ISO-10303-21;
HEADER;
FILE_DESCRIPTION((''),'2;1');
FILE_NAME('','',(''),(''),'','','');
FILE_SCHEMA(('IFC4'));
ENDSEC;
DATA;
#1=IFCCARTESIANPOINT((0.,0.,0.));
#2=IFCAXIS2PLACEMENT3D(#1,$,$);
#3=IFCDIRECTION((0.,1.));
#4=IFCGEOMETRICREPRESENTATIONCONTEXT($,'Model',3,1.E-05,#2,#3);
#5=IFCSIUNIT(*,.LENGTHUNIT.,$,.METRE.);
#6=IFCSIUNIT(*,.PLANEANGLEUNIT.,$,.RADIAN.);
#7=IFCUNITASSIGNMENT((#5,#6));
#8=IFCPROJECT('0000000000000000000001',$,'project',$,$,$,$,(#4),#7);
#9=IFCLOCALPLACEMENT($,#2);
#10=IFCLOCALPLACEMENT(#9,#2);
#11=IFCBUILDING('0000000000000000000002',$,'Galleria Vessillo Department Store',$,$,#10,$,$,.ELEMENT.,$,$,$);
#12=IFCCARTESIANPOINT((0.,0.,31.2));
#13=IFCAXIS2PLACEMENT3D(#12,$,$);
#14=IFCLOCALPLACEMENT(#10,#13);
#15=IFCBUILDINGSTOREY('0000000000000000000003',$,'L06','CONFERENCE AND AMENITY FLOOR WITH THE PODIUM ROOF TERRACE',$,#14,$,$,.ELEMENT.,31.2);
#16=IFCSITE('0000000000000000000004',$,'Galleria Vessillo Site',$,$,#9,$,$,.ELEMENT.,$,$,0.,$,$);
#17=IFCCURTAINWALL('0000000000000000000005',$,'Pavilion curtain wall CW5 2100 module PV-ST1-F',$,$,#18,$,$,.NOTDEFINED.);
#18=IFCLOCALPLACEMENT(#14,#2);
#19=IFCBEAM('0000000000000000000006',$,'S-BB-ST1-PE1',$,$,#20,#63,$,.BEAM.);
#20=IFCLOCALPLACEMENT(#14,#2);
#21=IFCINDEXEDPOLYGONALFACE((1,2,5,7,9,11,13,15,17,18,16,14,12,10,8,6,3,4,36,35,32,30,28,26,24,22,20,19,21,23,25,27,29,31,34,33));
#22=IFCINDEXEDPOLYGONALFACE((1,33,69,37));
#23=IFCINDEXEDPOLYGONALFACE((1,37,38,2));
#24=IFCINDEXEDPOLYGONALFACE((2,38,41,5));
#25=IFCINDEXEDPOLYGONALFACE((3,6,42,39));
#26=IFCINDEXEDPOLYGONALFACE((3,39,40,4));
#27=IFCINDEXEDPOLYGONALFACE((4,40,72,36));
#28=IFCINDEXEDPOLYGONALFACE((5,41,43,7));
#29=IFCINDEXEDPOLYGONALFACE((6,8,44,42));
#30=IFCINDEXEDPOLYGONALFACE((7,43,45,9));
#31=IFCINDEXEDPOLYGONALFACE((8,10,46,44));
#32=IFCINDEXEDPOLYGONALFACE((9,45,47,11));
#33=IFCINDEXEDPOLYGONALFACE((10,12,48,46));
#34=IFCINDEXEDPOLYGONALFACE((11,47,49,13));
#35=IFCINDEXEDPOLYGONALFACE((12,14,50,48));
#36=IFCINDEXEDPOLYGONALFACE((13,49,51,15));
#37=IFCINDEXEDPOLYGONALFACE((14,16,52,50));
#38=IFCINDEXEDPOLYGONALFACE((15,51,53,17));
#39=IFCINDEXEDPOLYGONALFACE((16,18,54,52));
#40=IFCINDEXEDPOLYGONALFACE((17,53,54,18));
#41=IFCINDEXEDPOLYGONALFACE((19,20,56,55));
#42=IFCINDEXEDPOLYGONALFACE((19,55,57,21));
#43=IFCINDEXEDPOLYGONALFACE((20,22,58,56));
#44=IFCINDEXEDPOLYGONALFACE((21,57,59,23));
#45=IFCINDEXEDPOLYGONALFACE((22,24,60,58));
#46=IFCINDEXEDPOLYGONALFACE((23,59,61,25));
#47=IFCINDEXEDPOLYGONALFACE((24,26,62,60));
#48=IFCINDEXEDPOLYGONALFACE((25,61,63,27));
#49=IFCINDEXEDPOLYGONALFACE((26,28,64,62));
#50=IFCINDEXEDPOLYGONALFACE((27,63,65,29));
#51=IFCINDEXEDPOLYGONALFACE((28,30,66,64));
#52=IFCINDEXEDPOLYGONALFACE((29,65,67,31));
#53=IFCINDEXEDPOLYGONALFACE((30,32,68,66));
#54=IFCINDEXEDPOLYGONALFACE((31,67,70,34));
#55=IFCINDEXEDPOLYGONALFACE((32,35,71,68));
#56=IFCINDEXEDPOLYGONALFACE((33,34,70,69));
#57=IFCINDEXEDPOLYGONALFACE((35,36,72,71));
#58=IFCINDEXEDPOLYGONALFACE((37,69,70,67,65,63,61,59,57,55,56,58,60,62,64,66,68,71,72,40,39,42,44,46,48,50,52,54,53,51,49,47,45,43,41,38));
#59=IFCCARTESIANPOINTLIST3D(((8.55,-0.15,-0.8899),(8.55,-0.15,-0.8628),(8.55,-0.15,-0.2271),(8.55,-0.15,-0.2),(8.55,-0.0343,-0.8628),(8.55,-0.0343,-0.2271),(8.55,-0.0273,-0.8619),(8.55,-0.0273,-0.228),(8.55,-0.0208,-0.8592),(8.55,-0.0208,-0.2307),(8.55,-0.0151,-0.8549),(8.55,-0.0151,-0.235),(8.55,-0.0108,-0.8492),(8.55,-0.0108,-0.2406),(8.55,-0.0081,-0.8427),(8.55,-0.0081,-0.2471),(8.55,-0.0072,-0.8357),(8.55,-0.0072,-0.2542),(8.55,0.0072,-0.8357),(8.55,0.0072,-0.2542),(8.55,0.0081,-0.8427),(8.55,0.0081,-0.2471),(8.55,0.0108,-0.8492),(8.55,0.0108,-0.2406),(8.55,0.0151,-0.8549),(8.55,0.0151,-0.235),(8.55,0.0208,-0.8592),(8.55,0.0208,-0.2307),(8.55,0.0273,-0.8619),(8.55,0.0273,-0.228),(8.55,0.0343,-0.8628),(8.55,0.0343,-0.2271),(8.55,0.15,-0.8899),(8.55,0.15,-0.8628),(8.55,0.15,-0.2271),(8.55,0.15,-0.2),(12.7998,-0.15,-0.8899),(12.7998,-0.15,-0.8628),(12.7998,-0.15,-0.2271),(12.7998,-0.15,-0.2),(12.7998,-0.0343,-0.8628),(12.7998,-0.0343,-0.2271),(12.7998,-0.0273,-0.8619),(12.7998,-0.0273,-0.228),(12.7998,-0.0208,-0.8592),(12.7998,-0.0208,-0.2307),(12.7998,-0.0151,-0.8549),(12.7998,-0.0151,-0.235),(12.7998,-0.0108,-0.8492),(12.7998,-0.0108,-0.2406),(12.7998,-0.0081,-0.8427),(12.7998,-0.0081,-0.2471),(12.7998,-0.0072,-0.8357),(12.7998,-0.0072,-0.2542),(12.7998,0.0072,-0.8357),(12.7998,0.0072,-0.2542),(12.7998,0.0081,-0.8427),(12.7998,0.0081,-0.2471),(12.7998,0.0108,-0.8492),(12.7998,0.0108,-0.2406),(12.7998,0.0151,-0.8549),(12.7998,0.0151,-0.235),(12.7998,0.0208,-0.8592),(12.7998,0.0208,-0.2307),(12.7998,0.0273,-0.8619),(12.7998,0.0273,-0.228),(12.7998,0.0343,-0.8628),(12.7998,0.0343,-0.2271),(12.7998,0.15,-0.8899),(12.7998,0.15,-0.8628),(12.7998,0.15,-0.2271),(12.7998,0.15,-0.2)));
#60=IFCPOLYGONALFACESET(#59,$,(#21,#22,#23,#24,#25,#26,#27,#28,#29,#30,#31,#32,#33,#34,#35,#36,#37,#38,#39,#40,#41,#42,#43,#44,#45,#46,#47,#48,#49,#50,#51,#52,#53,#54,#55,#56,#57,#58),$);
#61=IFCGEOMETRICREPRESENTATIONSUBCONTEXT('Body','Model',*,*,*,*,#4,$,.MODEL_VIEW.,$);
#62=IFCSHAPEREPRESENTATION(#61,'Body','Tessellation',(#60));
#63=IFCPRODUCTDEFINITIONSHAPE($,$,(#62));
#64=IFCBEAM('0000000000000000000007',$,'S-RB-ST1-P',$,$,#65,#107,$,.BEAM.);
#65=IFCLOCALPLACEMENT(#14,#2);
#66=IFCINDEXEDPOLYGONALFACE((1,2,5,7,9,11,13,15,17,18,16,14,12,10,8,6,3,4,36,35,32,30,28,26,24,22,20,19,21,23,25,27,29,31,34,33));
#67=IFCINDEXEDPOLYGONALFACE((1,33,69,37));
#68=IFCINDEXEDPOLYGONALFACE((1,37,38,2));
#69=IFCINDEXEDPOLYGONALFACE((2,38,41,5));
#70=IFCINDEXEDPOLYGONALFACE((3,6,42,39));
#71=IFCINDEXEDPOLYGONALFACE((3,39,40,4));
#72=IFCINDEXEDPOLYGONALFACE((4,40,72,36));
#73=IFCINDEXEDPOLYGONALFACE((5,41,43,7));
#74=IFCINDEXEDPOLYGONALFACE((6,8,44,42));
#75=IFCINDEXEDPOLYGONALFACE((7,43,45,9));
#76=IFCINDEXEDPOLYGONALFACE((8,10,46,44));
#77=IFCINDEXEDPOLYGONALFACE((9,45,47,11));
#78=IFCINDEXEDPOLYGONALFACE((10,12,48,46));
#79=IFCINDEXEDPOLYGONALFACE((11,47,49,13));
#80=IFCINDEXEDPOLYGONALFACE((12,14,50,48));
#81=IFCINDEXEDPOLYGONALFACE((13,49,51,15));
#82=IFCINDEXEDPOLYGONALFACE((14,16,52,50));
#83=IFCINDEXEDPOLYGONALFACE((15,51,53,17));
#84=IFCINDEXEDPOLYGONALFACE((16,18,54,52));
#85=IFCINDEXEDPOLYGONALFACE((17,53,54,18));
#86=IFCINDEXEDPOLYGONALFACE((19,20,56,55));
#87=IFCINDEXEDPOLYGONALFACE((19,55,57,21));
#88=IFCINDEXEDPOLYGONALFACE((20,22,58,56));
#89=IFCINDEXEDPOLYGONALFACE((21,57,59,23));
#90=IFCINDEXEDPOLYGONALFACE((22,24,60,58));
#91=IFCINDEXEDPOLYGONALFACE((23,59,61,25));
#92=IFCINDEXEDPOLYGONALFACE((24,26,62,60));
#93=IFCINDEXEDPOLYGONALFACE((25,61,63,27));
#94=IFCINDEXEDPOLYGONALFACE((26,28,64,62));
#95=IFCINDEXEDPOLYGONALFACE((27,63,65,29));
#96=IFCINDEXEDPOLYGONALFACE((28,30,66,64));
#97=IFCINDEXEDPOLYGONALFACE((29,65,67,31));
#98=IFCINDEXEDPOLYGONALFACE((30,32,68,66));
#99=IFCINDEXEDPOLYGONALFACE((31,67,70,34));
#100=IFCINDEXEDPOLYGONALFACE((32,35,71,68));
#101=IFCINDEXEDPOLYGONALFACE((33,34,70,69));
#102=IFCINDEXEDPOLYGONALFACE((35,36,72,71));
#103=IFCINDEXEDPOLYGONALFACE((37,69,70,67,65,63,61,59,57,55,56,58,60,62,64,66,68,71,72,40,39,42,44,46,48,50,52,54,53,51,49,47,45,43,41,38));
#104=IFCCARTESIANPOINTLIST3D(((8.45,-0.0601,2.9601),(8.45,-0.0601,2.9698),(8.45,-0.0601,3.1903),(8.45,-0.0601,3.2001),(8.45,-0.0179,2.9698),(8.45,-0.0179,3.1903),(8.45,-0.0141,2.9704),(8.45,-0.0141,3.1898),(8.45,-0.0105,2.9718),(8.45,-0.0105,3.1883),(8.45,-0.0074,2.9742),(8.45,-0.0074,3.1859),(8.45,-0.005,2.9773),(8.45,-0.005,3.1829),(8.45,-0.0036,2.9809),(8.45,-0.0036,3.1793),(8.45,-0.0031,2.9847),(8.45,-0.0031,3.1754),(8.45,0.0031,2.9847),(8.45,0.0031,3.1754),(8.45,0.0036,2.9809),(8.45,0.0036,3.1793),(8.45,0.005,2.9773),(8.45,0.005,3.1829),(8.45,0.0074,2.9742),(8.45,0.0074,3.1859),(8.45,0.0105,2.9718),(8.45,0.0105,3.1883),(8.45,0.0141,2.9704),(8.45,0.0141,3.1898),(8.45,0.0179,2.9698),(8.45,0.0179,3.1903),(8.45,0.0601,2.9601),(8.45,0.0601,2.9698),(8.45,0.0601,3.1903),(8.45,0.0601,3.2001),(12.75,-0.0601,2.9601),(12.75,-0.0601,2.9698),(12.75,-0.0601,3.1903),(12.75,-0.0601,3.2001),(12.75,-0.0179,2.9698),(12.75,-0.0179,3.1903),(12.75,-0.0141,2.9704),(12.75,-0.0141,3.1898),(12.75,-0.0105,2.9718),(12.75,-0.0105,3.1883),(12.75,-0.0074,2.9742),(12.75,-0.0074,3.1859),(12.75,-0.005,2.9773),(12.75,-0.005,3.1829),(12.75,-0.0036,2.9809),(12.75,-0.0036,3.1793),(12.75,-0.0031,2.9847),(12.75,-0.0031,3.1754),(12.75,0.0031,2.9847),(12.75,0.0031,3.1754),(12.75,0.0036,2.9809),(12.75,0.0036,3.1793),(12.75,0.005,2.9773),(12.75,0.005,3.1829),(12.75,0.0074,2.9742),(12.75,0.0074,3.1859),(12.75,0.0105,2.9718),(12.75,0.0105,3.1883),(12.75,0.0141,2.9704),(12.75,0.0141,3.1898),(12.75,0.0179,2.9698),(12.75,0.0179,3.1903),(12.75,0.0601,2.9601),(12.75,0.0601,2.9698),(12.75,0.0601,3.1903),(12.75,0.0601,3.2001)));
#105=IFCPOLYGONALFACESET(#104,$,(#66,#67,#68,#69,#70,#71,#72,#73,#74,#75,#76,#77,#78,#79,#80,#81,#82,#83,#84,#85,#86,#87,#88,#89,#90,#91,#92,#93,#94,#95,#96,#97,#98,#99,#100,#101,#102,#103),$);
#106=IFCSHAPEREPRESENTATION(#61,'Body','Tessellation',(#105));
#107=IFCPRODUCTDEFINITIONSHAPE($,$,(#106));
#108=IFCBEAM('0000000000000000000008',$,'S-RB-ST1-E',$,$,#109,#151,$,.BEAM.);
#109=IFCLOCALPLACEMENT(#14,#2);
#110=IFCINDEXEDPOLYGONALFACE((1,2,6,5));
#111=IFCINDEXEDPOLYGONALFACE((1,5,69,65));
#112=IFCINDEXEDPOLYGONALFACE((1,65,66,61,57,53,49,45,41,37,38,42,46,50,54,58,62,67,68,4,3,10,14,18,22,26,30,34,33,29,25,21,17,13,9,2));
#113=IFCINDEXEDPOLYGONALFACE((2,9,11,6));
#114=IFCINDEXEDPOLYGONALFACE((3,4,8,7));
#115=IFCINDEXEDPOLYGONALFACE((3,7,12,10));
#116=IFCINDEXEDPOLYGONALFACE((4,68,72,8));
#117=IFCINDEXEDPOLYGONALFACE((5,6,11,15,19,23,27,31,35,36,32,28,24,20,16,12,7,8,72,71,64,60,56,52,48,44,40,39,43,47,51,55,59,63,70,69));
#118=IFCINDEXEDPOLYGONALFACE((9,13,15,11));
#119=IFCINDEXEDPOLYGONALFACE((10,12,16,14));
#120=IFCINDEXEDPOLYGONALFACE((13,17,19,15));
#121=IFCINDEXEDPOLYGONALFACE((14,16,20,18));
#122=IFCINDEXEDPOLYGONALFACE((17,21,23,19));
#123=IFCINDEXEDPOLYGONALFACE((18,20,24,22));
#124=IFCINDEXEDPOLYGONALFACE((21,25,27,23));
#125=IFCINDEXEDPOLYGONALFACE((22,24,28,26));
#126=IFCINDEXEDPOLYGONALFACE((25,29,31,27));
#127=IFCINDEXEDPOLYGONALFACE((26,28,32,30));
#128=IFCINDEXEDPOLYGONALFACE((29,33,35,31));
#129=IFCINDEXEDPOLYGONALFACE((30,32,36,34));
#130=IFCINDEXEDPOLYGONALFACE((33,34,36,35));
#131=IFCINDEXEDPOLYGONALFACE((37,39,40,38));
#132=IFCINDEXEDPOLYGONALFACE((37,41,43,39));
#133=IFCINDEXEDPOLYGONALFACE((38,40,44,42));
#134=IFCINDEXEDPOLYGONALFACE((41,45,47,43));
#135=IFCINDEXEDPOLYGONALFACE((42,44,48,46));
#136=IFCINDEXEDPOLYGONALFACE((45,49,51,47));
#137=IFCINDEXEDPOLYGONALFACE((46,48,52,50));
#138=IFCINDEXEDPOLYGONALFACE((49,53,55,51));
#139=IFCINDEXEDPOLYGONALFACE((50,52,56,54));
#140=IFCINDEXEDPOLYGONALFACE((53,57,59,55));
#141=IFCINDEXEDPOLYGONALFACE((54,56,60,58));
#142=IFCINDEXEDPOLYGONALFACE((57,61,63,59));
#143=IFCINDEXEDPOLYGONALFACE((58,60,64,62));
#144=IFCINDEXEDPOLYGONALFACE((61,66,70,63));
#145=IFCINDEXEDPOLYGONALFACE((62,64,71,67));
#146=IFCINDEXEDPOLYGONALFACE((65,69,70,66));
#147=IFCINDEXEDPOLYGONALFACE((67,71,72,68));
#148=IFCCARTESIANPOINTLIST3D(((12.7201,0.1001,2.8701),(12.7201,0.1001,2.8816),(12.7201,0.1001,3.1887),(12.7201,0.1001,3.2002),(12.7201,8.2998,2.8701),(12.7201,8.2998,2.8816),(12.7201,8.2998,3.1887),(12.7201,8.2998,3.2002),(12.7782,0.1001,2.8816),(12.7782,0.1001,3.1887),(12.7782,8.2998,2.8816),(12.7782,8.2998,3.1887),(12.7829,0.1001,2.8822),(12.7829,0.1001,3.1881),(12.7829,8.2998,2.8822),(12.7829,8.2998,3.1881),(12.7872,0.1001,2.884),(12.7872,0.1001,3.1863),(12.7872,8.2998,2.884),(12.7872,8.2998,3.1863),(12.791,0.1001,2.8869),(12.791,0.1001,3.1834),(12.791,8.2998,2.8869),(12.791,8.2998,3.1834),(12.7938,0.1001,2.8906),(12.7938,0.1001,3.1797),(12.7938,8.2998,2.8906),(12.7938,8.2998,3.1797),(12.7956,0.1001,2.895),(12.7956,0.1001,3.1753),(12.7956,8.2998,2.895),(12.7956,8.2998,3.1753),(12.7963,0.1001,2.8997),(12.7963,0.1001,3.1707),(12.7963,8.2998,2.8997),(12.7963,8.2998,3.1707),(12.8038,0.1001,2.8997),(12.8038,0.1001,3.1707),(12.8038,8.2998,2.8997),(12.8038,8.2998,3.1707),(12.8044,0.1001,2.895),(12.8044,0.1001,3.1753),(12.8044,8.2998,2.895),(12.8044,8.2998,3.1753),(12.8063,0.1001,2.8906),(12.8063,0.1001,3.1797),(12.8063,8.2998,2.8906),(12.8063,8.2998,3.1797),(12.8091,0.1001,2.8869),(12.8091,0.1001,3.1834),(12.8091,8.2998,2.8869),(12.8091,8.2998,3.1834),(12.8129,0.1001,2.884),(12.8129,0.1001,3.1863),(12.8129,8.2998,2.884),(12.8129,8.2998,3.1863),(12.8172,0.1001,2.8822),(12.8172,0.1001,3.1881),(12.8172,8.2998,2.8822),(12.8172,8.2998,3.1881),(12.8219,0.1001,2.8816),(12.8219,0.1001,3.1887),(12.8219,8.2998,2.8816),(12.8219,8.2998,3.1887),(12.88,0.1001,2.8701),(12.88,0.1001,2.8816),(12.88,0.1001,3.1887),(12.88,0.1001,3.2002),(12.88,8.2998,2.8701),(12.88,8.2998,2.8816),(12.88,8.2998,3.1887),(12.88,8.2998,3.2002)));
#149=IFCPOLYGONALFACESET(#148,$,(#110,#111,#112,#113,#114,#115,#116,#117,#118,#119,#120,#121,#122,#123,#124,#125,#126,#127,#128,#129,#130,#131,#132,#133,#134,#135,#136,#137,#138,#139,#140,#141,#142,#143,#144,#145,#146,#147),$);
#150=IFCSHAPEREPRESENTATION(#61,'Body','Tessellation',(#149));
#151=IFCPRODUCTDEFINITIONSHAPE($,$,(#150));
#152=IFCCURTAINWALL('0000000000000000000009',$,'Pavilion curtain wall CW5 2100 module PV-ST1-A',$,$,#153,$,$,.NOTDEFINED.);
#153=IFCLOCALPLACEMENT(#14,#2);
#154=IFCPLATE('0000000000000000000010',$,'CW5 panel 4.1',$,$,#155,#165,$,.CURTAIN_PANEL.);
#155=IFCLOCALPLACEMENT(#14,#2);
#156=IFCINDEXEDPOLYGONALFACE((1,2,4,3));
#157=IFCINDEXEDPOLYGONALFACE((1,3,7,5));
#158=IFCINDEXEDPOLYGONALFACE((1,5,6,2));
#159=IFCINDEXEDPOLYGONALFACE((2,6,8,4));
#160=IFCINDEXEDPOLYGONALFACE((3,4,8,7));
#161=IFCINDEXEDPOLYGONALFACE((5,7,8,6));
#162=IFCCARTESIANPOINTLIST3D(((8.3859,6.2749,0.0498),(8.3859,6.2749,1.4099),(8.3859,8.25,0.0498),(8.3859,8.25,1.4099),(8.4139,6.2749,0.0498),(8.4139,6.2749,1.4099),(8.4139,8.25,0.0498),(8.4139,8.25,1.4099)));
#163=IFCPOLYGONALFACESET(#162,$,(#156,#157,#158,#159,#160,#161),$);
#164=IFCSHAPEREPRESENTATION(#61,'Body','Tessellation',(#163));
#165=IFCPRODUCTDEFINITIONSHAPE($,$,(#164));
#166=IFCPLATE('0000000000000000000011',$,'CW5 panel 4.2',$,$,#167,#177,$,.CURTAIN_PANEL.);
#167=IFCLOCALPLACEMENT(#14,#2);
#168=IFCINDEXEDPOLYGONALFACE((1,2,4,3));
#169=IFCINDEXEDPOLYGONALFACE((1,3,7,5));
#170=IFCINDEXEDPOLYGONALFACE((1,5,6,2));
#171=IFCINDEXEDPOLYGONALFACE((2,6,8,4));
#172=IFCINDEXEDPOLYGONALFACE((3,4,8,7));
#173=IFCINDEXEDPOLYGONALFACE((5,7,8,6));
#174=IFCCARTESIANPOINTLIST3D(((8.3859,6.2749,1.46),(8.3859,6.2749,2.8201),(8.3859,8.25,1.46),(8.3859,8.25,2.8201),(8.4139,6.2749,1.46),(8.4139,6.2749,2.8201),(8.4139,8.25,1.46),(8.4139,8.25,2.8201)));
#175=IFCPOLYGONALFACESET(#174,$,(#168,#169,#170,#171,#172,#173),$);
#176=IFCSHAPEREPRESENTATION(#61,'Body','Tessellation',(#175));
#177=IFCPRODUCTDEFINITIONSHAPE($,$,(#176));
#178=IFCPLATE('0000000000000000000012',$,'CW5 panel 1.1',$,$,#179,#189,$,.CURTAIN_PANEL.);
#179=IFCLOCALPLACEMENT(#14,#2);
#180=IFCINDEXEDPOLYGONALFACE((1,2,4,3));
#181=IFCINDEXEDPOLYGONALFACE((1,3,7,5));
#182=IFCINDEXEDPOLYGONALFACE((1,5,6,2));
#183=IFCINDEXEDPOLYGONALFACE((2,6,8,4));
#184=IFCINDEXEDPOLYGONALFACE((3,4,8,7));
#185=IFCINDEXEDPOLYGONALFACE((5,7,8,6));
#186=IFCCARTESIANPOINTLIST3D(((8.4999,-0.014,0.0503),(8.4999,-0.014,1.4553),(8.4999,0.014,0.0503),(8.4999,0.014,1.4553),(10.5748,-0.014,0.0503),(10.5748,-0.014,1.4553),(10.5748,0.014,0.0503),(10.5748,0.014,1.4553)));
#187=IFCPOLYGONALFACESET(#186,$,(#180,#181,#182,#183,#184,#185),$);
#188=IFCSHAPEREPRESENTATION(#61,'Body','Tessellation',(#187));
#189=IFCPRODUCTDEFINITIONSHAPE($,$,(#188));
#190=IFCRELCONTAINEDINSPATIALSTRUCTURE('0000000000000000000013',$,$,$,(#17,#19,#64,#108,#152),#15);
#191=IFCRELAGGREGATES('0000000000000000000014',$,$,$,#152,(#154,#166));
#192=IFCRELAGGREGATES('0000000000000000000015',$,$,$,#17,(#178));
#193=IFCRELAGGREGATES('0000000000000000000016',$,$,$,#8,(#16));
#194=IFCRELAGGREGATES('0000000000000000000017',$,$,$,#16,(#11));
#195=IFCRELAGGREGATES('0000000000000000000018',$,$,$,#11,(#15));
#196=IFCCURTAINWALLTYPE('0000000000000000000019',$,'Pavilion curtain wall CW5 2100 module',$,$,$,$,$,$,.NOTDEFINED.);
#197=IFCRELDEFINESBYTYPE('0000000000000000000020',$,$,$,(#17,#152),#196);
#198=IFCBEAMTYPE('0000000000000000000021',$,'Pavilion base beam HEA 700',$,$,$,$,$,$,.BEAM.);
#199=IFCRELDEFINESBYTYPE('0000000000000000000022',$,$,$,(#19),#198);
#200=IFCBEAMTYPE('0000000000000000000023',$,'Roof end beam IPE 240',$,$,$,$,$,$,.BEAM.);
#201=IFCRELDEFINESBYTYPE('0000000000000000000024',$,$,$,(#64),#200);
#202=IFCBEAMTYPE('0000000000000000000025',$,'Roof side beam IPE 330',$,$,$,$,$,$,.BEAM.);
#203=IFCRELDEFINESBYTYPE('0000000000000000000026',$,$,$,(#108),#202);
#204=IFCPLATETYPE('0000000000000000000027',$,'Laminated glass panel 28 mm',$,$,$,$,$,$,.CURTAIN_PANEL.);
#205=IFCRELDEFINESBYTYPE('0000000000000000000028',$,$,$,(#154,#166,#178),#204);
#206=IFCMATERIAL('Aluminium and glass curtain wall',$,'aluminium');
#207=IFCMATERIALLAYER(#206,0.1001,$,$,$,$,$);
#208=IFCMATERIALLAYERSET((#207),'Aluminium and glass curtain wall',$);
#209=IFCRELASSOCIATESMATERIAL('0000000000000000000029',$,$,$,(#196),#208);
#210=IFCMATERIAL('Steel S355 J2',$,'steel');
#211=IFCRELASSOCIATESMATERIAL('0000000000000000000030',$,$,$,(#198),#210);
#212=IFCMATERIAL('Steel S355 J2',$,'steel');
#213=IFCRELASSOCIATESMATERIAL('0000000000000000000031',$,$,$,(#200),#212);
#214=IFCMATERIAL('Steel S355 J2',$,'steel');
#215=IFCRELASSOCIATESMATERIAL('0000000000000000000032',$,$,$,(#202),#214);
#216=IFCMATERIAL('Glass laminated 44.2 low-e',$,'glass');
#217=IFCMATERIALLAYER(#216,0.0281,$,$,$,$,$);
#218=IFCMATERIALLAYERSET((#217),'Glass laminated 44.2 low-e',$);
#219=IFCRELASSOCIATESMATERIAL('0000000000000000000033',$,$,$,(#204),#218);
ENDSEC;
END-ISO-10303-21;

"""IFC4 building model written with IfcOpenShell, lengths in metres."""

from ifc_helpers import new_model, si_unit, direction, frame, origin, origin_2d, place, context, subcontext, project, spatial, rectangle, i_section, extrude, material, layer, layer_set, material_profile, profile_set, type_object, element, aggregate, save


model = new_model("IFC4")

# Units and contexts
model_context = context("Model", 3, precision=1e-05, world=origin(), true_north=direction((0.0, 1.0)))
body_context = subcontext(model_context, "Body", "Model", "MODEL_VIEW")
ifc_project = project(units=[si_unit("LENGTHUNIT", "METRE"), si_unit("PLANEANGLEUNIT", "RADIAN")], contexts=[model_context])

# Site, building, storey
site_placement = place(None, origin())
site = spatial("IfcSite", under=ifc_project, at=site_placement, Name="Galleria Vessillo Site", CompositionType="ELEMENT", RefElevation=0.0)
building_placement = place(site_placement, origin())
building = spatial("IfcBuilding", under=site, at=building_placement, Name="Galleria Vessillo Department Store", CompositionType="ELEMENT")
storey_placement = place(building_placement, frame((0.0, 0.0, 31.2)))
storey = spatial("IfcBuildingStorey", under=building, at=storey_placement, Name="L06", Description="CONFERENCE AND AMENITY FLOOR WITH THE PODIUM ROOF TERRACE", CompositionType="ELEMENT", Elevation=31.2)

# Shared definitions
ifc_material_1 = material(Name="Aluminium and glass curtain wall", Category="aluminium")
ifc_layer_1 = layer(ifc_material_1, 0.1001)
ifc_layer_set_1 = layer_set([ifc_layer_1], Name="Aluminium and glass curtain wall")
curtain_wall_type = type_object("IfcCurtainWallType", Name="Pavilion curtain wall CW5 2100 module", PredefinedType="NOTDEFINED", material=ifc_layer_set_1)

# Curtain wall
curtain_wall_1_placement = place(storey_placement, origin())
curtain_wall_1 = element("IfcCurtainWall", 1, at=curtain_wall_1_placement, inside=storey, type_object=curtain_wall_type, Name="Pavilion curtain wall CW5 2100 module PV-ST1-F", PredefinedType="NOTDEFINED")

# Beams
ifc_material_2 = material(Name="Steel S355 J2", Category="steel")
ifc_material_profile_1 = material_profile(ifc_material_2, i_section(OverallWidth=0.3, OverallDepth=0.6899, WebThickness=0.0144, FlangeThickness=0.0271, FilletRadius=0.0271, at=origin_2d()), Name="HEA 700")
ifc_profile_set_1 = profile_set([ifc_material_profile_1], Name="Steel S355 J2")
beam_type_1 = type_object("IfcBeamType", Name="Pavilion base beam HEA 700", PredefinedType="BEAM", material=ifc_profile_set_1)
beam_1_placement = place(storey_placement, frame((8.55, 0.0, -0.5449), z_axis=(1.0, 0.0, 0.0), x_axis=(0.0, 1.0, 0.0)))
element("IfcBeam", 2, at=beam_1_placement, inside=storey, type_object=beam_type_1, Name="S-BB-ST1-PE1", PredefinedType="BEAM", context=body_context, shape_type="SweptSolid", body=[
    extrude(i_section(OverallWidth=0.3, OverallDepth=0.6899, WebThickness=0.0144, FlangeThickness=0.0271, FilletRadius=0.0271, at=origin_2d()), origin(), (0.0, 0.0, 1.0), 4.2498),
])
ifc_material_3 = material(Name="Steel S355 J2", Category="steel")
ifc_material_profile_2 = material_profile(ifc_material_3, i_section(OverallWidth=0.1201, OverallDepth=0.24, WebThickness=0.0061, FlangeThickness=0.0098, FilletRadius=0.0149, at=origin_2d()), Name="IPE 240")
ifc_profile_set_2 = profile_set([ifc_material_profile_2], Name="Steel S355 J2")
beam_type_2 = type_object("IfcBeamType", Name="Roof end beam IPE 240", PredefinedType="BEAM", material=ifc_profile_set_2)
beam_2_placement = place(storey_placement, frame((8.45, 0.0, 3.0801), z_axis=(1.0, 0.0, 0.0), x_axis=(0.0, 1.0, 0.0)))
element("IfcBeam", 3, at=beam_2_placement, inside=storey, type_object=beam_type_2, Name="S-RB-ST1-P", PredefinedType="BEAM", context=body_context, shape_type="SweptSolid", body=[
    extrude(i_section(OverallWidth=0.1201, OverallDepth=0.24, WebThickness=0.0061, FlangeThickness=0.0098, FilletRadius=0.0149, at=origin_2d()), origin(), (0.0, 0.0, 1.0), 4.3),
])
ifc_material_4 = material(Name="Steel S355 J2", Category="steel")
ifc_material_profile_3 = material_profile(ifc_material_4, i_section(OverallWidth=0.1599, OverallDepth=0.3301, WebThickness=0.0076, FlangeThickness=0.0115, FilletRadius=0.0181, at=origin_2d()), Name="IPE 330")
ifc_profile_set_3 = profile_set([ifc_material_profile_3], Name="Steel S355 J2")
beam_type_3 = type_object("IfcBeamType", Name="Roof side beam IPE 330", PredefinedType="BEAM", material=ifc_profile_set_3)
beam_3_placement = place(storey_placement, frame((12.8, 0.1001, 3.0352), z_axis=(0.0, 1.0, 0.0), x_axis=(-1.0, 0.0, 0.0)))
element("IfcBeam", 4, at=beam_3_placement, inside=storey, type_object=beam_type_3, Name="S-RB-ST1-E", PredefinedType="BEAM", context=body_context, shape_type="SweptSolid", body=[
    extrude(i_section(OverallWidth=0.1599, OverallDepth=0.3301, WebThickness=0.0076, FlangeThickness=0.0115, FilletRadius=0.0181, at=origin_2d()), origin(), (0.0, 0.0, 1.0), 8.1997),
])

# Curtain wall, plates
curtain_wall_2_placement = place(storey_placement, origin())
curtain_wall_2 = element("IfcCurtainWall", 5, at=curtain_wall_2_placement, inside=storey, type_object=curtain_wall_type, Name="Pavilion curtain wall CW5 2100 module PV-ST1-A", PredefinedType="NOTDEFINED")
ifc_material_5 = material(Name="Glass laminated 44.2 low-e", Category="glass")
ifc_layer_2 = layer(ifc_material_5, 0.0281)
ifc_layer_set_2 = layer_set([ifc_layer_2], Name="Glass laminated 44.2 low-e")
plate_type = type_object("IfcPlateType", Name="Laminated glass panel 28 mm", PredefinedType="CURTAIN_PANEL", material=ifc_layer_set_2)
plate_1_placement = place(storey_placement, frame((8.3999, 7.2625, 0.0498), z_axis=(0.0, 0.0, 1.0), x_axis=(0.0, 1.0, 0.0)))
plate_1 = element("IfcPlate", 6, at=plate_1_placement, type_object=plate_type, Name="CW5 panel 4.1", PredefinedType="CURTAIN_PANEL", context=body_context, shape_type="SweptSolid", body=[
    extrude(rectangle(XDim=1.9751, YDim=0.0281, at=origin_2d()), origin(), (0.0, 0.0, 1.0), 1.3601),
])
plate_2_placement = place(storey_placement, frame((8.3999, 7.2625, 1.46), z_axis=(0.0, 0.0, 1.0), x_axis=(0.0, 1.0, 0.0)))
plate_2 = element("IfcPlate", 7, at=plate_2_placement, type_object=plate_type, Name="CW5 panel 4.2", PredefinedType="CURTAIN_PANEL", context=body_context, shape_type="SweptSolid", body=[
    extrude(rectangle(XDim=1.9751, YDim=0.0281, at=origin_2d()), origin(), (0.0, 0.0, 1.0), 1.3601),
])
aggregate(curtain_wall_2, [plate_1, plate_2])

# Plate
plate_3_placement = place(storey_placement, frame((9.5374, 0.0, 0.0503), z_axis=(0.0, 0.0, 1.0), x_axis=(1.0, 0.0, 0.0)))
plate_3 = element("IfcPlate", 8, at=plate_3_placement, type_object=plate_type, Name="CW5 panel 1.1", PredefinedType="CURTAIN_PANEL", context=body_context, shape_type="SweptSolid", body=[
    extrude(rectangle(XDim=2.075, YDim=0.0281, at=origin_2d()), origin(), (0.0, 0.0, 1.0), 1.405),
])
aggregate(curtain_wall_1, [plate_3])

save(model, "model.ifc")
